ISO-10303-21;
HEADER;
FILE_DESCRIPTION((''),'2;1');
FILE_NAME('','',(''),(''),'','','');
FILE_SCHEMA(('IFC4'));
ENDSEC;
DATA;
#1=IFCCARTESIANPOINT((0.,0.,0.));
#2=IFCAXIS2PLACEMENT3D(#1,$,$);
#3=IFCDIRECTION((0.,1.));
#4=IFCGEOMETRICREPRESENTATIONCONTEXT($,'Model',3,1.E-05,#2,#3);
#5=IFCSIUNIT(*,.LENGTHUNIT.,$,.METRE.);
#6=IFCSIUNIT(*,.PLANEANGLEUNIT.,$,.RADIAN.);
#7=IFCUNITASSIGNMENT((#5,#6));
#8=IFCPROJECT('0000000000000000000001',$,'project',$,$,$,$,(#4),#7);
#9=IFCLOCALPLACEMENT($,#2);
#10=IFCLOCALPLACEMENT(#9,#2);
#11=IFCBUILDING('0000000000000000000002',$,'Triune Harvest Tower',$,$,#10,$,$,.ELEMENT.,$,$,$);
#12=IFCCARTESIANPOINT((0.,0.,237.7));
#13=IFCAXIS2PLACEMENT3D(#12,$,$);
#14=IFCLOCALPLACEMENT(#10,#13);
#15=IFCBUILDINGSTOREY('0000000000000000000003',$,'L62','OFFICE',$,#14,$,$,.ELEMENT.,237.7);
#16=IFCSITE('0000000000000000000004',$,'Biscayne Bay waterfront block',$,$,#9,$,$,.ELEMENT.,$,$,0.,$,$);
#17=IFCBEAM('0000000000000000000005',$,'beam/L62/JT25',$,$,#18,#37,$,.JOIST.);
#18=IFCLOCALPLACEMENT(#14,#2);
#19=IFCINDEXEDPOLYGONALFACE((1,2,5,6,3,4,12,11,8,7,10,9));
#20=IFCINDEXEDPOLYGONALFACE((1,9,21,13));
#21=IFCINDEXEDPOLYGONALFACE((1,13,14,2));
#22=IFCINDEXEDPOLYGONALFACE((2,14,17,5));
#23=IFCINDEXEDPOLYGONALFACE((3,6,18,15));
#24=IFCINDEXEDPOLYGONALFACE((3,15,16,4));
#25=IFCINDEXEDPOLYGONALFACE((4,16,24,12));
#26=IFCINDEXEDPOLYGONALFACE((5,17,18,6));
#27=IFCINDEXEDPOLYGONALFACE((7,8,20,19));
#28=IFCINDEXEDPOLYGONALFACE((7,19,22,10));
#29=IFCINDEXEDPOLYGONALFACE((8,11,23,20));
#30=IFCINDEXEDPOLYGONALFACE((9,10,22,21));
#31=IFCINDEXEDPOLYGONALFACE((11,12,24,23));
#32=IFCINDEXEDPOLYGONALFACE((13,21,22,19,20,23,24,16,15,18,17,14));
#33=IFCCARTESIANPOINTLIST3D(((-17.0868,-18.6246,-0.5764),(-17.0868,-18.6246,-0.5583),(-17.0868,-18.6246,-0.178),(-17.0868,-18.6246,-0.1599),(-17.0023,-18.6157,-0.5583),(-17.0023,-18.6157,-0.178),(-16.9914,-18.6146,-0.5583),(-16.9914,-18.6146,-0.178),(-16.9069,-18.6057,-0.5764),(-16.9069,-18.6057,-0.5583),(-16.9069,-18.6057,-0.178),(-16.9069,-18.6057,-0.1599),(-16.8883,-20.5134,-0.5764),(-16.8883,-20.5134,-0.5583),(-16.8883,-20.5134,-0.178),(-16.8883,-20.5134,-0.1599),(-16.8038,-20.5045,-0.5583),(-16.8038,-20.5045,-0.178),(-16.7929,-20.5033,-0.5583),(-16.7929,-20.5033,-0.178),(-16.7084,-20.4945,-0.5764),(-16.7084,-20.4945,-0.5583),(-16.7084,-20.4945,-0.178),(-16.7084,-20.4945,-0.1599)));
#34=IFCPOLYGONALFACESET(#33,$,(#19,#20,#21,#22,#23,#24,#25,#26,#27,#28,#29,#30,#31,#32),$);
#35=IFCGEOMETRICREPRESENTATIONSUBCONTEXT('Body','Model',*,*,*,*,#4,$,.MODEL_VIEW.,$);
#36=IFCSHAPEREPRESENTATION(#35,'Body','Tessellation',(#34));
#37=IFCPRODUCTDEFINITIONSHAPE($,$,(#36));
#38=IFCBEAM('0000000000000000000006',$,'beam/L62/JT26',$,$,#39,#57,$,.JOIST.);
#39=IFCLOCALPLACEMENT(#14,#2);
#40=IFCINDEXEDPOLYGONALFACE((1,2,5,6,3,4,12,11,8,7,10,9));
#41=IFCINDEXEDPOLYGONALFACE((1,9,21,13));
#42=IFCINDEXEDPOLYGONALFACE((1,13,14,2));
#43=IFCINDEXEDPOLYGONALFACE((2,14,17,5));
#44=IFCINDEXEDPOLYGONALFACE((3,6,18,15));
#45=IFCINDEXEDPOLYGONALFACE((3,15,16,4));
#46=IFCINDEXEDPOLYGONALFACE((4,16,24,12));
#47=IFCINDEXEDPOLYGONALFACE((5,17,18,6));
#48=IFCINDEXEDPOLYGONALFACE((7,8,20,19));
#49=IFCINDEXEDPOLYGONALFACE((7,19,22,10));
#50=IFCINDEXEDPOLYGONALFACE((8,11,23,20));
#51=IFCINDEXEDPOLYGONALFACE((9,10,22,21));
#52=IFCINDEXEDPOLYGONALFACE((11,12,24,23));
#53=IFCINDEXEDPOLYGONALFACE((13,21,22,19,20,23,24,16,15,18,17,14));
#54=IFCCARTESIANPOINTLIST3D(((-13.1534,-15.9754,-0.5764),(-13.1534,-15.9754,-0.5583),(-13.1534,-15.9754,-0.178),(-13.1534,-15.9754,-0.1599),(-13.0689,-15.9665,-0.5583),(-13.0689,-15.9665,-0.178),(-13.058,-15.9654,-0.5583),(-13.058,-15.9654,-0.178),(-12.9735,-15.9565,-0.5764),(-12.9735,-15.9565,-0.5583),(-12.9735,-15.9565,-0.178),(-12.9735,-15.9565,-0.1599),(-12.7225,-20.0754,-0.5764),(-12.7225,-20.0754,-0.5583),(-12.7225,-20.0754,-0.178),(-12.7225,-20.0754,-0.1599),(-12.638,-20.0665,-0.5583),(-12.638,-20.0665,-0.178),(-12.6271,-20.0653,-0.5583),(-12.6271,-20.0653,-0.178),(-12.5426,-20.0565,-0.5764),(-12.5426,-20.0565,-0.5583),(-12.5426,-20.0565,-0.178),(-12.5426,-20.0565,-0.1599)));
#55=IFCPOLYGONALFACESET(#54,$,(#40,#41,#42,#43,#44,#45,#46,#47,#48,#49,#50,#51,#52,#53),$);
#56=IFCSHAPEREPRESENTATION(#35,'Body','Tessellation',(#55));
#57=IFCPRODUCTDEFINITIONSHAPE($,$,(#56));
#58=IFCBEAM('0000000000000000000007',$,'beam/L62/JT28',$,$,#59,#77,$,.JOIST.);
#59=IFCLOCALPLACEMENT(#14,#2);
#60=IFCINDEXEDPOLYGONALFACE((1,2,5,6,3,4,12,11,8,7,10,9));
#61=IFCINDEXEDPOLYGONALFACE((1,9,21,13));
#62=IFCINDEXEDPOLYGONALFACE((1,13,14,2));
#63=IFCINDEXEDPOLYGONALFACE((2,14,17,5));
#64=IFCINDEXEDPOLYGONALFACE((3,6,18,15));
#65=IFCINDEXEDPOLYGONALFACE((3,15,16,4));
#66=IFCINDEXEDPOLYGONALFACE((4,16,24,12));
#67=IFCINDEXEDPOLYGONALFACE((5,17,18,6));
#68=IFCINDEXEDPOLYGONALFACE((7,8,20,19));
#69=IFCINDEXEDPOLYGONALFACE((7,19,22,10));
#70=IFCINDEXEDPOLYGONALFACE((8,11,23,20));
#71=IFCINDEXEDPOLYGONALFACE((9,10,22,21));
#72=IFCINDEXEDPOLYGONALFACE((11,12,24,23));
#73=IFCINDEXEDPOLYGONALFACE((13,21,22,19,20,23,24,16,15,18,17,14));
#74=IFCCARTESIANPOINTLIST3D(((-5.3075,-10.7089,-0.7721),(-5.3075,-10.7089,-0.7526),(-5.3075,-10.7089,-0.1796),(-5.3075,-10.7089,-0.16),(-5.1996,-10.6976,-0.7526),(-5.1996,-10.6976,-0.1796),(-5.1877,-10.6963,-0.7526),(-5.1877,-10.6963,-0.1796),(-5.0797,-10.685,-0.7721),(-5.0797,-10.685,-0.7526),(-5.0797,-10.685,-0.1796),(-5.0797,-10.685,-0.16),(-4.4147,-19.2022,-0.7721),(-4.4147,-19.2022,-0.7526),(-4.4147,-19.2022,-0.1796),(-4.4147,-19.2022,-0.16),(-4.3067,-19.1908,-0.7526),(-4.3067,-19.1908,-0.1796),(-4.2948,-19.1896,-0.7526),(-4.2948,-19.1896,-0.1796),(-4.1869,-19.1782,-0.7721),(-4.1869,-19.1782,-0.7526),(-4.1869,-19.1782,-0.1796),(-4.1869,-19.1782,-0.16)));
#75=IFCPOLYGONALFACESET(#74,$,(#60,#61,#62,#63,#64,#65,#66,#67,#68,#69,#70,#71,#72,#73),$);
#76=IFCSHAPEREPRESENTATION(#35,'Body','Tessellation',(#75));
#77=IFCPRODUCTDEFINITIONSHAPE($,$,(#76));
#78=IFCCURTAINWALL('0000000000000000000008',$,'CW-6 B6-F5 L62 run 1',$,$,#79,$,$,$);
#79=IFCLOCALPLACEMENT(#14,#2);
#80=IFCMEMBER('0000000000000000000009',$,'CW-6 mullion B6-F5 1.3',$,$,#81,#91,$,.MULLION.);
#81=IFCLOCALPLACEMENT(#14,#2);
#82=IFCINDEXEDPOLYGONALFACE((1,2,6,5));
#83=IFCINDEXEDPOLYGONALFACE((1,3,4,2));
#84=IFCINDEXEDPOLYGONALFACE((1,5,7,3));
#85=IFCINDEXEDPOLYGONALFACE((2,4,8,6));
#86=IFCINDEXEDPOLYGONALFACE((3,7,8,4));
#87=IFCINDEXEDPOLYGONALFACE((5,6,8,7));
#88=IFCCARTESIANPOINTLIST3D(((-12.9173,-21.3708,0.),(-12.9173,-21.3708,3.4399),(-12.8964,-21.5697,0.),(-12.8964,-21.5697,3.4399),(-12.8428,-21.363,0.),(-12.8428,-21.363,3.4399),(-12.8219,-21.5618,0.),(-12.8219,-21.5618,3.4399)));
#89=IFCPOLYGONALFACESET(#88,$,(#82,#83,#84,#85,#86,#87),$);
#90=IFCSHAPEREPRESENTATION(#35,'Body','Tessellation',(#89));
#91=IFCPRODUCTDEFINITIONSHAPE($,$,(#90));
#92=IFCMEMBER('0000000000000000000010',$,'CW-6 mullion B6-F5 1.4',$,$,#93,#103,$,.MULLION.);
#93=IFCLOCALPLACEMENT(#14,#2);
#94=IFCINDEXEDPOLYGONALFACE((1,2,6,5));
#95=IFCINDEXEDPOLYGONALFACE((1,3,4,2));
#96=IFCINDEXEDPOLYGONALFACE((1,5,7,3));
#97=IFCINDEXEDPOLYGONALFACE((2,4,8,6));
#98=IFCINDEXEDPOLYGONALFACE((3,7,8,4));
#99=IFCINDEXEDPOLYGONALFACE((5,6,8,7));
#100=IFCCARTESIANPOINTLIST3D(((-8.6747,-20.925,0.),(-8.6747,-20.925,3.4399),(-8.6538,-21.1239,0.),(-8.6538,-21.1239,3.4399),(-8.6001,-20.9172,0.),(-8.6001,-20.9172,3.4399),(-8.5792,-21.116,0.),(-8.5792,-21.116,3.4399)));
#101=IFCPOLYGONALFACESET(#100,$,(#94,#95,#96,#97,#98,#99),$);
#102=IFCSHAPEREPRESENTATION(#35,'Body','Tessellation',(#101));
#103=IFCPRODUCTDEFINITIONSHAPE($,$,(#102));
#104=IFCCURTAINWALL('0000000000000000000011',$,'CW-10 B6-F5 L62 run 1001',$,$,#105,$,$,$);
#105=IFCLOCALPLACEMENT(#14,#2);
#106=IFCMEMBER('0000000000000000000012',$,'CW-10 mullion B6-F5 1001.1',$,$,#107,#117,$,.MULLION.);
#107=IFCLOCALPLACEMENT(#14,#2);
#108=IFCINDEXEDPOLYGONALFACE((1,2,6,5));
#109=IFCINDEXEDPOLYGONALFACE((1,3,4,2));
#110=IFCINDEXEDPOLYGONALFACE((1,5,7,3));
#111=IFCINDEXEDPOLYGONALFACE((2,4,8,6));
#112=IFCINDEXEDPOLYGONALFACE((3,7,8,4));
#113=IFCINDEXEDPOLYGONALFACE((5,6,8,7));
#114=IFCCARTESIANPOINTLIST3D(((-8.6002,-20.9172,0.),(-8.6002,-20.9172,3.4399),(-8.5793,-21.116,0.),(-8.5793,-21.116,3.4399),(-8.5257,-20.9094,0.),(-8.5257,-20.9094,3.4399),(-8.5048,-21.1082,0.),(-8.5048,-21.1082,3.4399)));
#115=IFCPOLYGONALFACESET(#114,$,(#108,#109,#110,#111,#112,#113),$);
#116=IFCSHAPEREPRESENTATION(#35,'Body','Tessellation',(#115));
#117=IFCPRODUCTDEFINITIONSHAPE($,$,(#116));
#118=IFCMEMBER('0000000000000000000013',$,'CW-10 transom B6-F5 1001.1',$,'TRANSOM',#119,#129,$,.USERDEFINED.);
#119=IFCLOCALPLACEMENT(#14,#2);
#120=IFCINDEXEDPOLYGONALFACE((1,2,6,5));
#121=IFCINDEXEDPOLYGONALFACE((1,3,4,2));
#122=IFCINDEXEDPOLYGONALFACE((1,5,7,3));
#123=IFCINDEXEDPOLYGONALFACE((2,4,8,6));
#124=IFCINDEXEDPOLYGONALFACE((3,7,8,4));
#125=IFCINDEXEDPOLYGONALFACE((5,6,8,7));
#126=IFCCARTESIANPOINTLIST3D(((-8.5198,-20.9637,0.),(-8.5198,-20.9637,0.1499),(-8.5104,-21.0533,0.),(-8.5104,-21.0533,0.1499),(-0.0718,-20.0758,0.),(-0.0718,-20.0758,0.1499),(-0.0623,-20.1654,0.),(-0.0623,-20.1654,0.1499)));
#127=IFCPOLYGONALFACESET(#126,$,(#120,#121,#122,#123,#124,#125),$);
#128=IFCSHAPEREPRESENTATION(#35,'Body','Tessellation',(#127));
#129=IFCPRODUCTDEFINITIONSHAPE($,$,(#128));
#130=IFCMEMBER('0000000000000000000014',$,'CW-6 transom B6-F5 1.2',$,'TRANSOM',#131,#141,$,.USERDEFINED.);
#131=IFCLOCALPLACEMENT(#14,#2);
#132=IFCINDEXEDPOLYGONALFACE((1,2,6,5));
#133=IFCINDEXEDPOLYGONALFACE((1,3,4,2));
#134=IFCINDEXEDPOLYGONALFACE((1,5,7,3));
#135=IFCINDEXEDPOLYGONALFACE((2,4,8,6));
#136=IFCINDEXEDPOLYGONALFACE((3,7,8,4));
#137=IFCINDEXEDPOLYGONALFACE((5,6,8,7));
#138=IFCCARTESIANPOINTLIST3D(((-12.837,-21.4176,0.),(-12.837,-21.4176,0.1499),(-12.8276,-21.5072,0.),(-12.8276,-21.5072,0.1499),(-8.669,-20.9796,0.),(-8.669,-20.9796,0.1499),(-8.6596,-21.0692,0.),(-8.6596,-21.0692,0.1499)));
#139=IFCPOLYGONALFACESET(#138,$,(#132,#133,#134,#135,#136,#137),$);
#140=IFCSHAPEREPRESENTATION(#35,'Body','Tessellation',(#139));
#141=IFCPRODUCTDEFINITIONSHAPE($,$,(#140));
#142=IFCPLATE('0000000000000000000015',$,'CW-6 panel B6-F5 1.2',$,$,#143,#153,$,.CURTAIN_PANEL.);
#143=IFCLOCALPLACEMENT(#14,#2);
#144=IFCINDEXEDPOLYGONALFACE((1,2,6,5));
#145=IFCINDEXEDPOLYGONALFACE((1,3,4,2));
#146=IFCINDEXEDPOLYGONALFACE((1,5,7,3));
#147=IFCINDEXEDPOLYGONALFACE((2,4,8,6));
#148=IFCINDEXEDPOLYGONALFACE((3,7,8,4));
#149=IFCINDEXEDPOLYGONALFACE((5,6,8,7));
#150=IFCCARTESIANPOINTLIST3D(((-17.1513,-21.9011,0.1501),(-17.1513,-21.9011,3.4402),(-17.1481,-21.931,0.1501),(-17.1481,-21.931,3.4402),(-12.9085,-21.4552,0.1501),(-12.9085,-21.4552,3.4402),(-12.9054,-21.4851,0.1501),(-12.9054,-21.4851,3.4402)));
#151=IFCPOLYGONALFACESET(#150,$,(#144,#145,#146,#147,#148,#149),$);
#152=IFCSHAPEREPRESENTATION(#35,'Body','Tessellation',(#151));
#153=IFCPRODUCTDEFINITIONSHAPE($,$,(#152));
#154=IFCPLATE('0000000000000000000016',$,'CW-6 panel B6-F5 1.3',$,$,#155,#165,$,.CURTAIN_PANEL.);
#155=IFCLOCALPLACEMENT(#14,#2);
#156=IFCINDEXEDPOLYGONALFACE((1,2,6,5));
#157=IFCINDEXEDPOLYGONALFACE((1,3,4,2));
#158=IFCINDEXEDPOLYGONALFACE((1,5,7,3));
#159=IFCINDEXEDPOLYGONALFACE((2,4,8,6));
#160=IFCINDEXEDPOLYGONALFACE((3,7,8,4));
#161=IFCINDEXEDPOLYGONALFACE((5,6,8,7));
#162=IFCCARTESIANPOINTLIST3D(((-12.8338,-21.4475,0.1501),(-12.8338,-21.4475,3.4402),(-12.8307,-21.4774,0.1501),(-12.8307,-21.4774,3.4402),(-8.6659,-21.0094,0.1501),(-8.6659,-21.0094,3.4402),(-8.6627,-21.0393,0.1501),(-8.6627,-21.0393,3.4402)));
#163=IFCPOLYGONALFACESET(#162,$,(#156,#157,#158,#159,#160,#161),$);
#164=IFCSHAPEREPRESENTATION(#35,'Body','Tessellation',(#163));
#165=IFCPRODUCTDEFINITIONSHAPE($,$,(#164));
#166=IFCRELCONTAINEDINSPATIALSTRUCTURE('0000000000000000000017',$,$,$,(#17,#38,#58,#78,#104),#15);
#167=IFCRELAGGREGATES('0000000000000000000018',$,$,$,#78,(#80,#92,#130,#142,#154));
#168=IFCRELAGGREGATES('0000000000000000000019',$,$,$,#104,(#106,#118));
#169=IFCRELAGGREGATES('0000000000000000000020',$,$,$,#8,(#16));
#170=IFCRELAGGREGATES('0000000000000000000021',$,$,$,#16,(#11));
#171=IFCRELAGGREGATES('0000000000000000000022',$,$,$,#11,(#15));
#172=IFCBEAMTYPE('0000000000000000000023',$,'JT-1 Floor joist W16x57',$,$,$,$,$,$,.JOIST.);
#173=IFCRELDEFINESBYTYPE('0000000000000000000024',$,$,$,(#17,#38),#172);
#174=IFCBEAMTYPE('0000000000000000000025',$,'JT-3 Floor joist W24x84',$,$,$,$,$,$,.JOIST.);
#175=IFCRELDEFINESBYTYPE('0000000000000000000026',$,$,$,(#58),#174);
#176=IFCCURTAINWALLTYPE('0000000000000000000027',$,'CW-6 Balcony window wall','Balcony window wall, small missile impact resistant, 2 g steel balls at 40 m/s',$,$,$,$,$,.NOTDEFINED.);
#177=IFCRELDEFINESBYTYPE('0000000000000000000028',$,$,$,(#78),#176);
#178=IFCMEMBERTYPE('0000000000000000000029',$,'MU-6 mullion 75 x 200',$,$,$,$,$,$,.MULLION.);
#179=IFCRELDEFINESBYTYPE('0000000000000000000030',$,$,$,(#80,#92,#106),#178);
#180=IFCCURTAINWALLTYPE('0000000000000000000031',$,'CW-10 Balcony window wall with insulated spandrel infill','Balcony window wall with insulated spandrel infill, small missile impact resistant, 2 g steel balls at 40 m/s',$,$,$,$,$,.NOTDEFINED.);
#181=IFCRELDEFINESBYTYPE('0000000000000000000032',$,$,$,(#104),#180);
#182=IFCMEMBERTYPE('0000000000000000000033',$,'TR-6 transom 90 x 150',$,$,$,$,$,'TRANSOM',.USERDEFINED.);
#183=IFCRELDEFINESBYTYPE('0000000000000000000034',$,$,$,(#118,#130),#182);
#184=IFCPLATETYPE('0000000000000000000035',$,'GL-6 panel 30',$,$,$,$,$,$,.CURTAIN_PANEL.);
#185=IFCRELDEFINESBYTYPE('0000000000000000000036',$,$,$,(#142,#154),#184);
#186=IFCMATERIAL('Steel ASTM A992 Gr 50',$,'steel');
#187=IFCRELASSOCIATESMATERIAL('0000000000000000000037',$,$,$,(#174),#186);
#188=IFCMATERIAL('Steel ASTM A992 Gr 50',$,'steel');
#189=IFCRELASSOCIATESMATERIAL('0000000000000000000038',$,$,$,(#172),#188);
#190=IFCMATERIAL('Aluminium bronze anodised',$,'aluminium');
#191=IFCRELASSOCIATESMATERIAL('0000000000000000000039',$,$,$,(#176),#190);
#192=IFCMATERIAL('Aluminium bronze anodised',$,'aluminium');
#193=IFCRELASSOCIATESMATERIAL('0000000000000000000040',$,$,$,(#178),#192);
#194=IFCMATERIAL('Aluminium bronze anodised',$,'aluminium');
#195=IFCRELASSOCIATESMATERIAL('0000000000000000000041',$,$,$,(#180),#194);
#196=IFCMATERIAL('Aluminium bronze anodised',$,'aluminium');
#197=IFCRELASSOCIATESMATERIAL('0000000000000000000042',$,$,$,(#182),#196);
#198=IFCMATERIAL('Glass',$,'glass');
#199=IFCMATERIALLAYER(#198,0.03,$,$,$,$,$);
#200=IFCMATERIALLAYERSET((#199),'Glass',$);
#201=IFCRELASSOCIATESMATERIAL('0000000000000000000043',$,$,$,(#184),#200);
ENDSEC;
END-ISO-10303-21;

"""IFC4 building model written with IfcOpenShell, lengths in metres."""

from ifc_helpers import new_model, si_unit, direction, frame, origin, origin_2d, place, context, subcontext, project, spatial, rectangle, i_section, extrude, source, transform, mapped, material, layer, layer_set, material_profile, profile_set, type_object, element, aggregate, save


model = new_model("IFC4")

# Units and contexts
model_context = context("Model", 3, precision=1e-05, world=origin(), true_north=direction((0.0, 1.0)))
body_context = subcontext(model_context, "Body", "Model", "MODEL_VIEW")
ifc_project = project(units=[si_unit("LENGTHUNIT", "METRE"), si_unit("PLANEANGLEUNIT", "RADIAN")], contexts=[model_context])

# Site, building, storey
site_placement = place(None, origin())
site = spatial("IfcSite", under=ifc_project, at=site_placement, Name="Biscayne Bay waterfront block", CompositionType="ELEMENT", RefElevation=0.0)
building_placement = place(site_placement, origin())
building = spatial("IfcBuilding", under=site, at=building_placement, Name="Triune Harvest Tower", CompositionType="ELEMENT")
storey_placement = place(building_placement, frame((0.0, 0.0, 237.7)))
storey = spatial("IfcBuildingStorey", under=building, at=storey_placement, Name="L62", Description="OFFICE", CompositionType="ELEMENT", Elevation=237.7)

# Beams
ifc_material_1 = material(Name="Steel ASTM A992 Gr 50", Category="steel")
ifc_material_profile_1 = material_profile(ifc_material_1, i_section(OverallWidth=0.229, OverallDepth=0.6121, WebThickness=0.012, FlangeThickness=0.0195, at=origin_2d()), Name="W24x84")
ifc_profile_set_1 = profile_set([ifc_material_profile_1], Name="Steel ASTM A992 Gr 50")
beam_type_1 = type_object("IfcBeamType", Name="JT-3 Floor joist W24x84", PredefinedType="JOIST", material=ifc_profile_set_1)
ifc_material_2 = material(Name="Steel ASTM A992 Gr 50", Category="steel")
ifc_material_profile_2 = material_profile(ifc_material_2, i_section(OverallWidth=0.1809, OverallDepth=0.4165, WebThickness=0.011, FlangeThickness=0.0181, at=origin_2d()), Name="W16x57")
ifc_profile_set_2 = profile_set([ifc_material_profile_2], Name="Steel ASTM A992 Gr 50")
beam_type_2 = type_object("IfcBeamType", Name="JT-1 Floor joist W16x57", PredefinedType="JOIST", material=ifc_profile_set_2)
shared_shape_1 = source(origin(), body_context, "Body", "SweptSolid", [
    extrude(i_section(OverallWidth=0.1809, OverallDepth=0.4165, WebThickness=0.011, FlangeThickness=0.0181, at=origin_2d()), origin(), (0.0, 0.0, 1.0), 1.8992),
])
beam_1_placement = place(storey_placement, frame((-16.7983, -20.5039, -0.3682), z_axis=(-0.104517, 0.994523, 0.0), x_axis=(-0.994523, -0.104517, 0.0)))
element("IfcBeam", 1, at=beam_1_placement, inside=storey, type_object=beam_type_2, Name="beam/L62/JT25", PredefinedType="JOIST", context=body_context, shape_type="MappedRepresentation", body=[
    mapped(shared_shape_1, transform((0.0, 0.0, 0.0), scale=1.0)),
])
shared_shape_2 = source(origin(), body_context, "Body", "SweptSolid", [
    extrude(i_section(OverallWidth=0.1809, OverallDepth=0.4165, WebThickness=0.011, FlangeThickness=0.0181, at=origin_2d()), origin(), (0.0, 0.0, 1.0), 4.1226),
])
beam_2_placement = place(storey_placement, frame((-12.6326, -20.0659, -0.3682), z_axis=(-0.104521, 0.994523, 0.0), x_axis=(-0.994523, -0.104521, 0.0)))
element("IfcBeam", 2, at=beam_2_placement, inside=storey, type_object=beam_type_2, Name="beam/L62/JT26", PredefinedType="JOIST", context=body_context, shape_type="MappedRepresentation", body=[
    mapped(shared_shape_2, transform((0.0, 0.0, 0.0), scale=1.0)),
])
shared_shape_3 = source(origin(), body_context, "Body", "SweptSolid", [
    extrude(i_section(OverallWidth=0.229, OverallDepth=0.6121, WebThickness=0.012, FlangeThickness=0.0195, at=origin_2d()), origin(), (0.0, 0.0, 1.0), 8.54),
])
beam_3_placement = place(storey_placement, frame((-4.3008, -19.1902, -0.4661), z_axis=(-0.104546, 0.99452, 0.0), x_axis=(-0.99452, -0.104546, 0.0)))
element("IfcBeam", 3, at=beam_3_placement, inside=storey, type_object=beam_type_1, Name="beam/L62/JT28", PredefinedType="JOIST", context=body_context, shape_type="MappedRepresentation", body=[
    mapped(shared_shape_3, transform((0.0, 0.0, 0.0), scale=1.0)),
])

# Curtain walls, members
ifc_material_3 = material(Name="Aluminium bronze anodised", Category="aluminium")
curtain_wall_type_1 = type_object("IfcCurtainWallType", Name="CW-6 Balcony window wall", Description="Balcony window wall, small missile impact resistant, 2 g steel balls at 40 m/s", PredefinedType="NOTDEFINED", material=ifc_material_3)
curtain_wall_1_placement = place(storey_placement, origin())
curtain_wall_1 = element("IfcCurtainWall", 4, at=curtain_wall_1_placement, inside=storey, type_object=curtain_wall_type_1, Name="CW-6 B6-F5 L62 run 1")
ifc_material_4 = material(Name="Aluminium bronze anodised", Category="aluminium")
ifc_material_profile_3 = material_profile(ifc_material_4, rectangle(XDim=0.2, YDim=0.075, at=origin_2d()), Name="MU-6 mullion 75 x 200")
ifc_profile_set_3 = profile_set([ifc_material_profile_3], Name="Aluminium bronze anodised")
member_type_1 = type_object("IfcMemberType", Name="MU-6 mullion 75 x 200", PredefinedType="MULLION", material=ifc_profile_set_3)
shared_shape_4 = source(origin(), body_context, "Body", "SweptSolid", [
    extrude(rectangle(XDim=0.2, YDim=0.075, at=origin_2d()), origin(), (0.0, 0.0, 1.0), 3.4399),
])
member_1_placement = place(storey_placement, frame((-12.8696, -21.4663, 0.0), z_axis=(0.0, 0.0, 1.0), x_axis=(-0.104526, 0.994522, 0.0)))
member_1 = element("IfcMember", 5, at=member_1_placement, type_object=member_type_1, Name="CW-6 mullion B6-F5 1.3", PredefinedType="MULLION", context=body_context, shape_type="MappedRepresentation", body=[
    mapped(shared_shape_4, transform((0.0, 0.0, 0.0), scale=1.0)),
])
member_2_placement = place(storey_placement, frame((-8.627, -21.0205, 0.0), z_axis=(0.0, 0.0, 1.0), x_axis=(-0.104526, 0.994522, 0.0)))
member_2 = element("IfcMember", 6, at=member_2_placement, type_object=member_type_1, Name="CW-6 mullion B6-F5 1.4", PredefinedType="MULLION", context=body_context, shape_type="MappedRepresentation", body=[
    mapped(shared_shape_4, transform((0.0, 0.0, 0.0), scale=1.0)),
])
ifc_material_5 = material(Name="Aluminium bronze anodised", Category="aluminium")
curtain_wall_type_2 = type_object("IfcCurtainWallType", Name="CW-10 Balcony window wall with insulated spandrel infill", Description="Balcony window wall with insulated spandrel infill, small missile impact resistant, 2 g steel balls at 40 m/s", PredefinedType="NOTDEFINED", material=ifc_material_5)
curtain_wall_2_placement = place(storey_placement, origin())
curtain_wall_2 = element("IfcCurtainWall", 7, at=curtain_wall_2_placement, inside=storey, type_object=curtain_wall_type_2, Name="CW-10 B6-F5 L62 run 1001")
member_3_placement = place(storey_placement, frame((-8.5525, -21.0127, 0.0), z_axis=(0.0, 0.0, 1.0), x_axis=(-0.104533, 0.994521, 0.0)))
member_3 = element("IfcMember", 8, at=member_3_placement, type_object=member_type_1, Name="CW-10 mullion B6-F5 1001.1", PredefinedType="MULLION", context=body_context, shape_type="MappedRepresentation", body=[
    mapped(shared_shape_4, transform((0.0, 0.0, 0.0), scale=1.0)),
])
ifc_material_6 = material(Name="Aluminium bronze anodised", Category="aluminium")
ifc_material_profile_4 = material_profile(ifc_material_6, rectangle(XDim=0.0901, YDim=0.1499, at=origin_2d()), Name="TR-6 transom 90 x 150")
ifc_profile_set_4 = profile_set([ifc_material_profile_4], Name="Aluminium bronze anodised")
member_type_2 = type_object("IfcMemberType", Name="TR-6 transom 90 x 150", ElementType="TRANSOM", PredefinedType="USERDEFINED", material=ifc_profile_set_4)
shared_shape_5 = source(origin(), body_context, "Body", "SweptSolid", [
    extrude(rectangle(XDim=0.0901, YDim=0.1499, at=origin_2d()), origin(), (0.0, 0.0, 1.0), 8.4946),
])
member_4_placement = place(storey_placement, frame((-8.5151, -21.0085, 0.075), z_axis=(0.994522, 0.104531, 0.0), x_axis=(-0.104531, 0.994522, 0.0)))
member_4 = element("IfcMember", 9, at=member_4_placement, type_object=member_type_2, Name="CW-10 transom B6-F5 1001.1", ObjectType="TRANSOM", PredefinedType="USERDEFINED", context=body_context, shape_type="MappedRepresentation", body=[
    mapped(shared_shape_5, transform((0.0, 0.0, 0.0), scale=1.0)),
])

# Member
shared_shape_6 = source(origin(), body_context, "Body", "SweptSolid", [
    extrude(rectangle(XDim=0.0901, YDim=0.1499, at=origin_2d()), origin(), (0.0, 0.0, 1.0), 4.1909),
])
member_5_placement = place(storey_placement, frame((-12.8323, -21.4624, 0.075), z_axis=(0.994524, 0.104509, 0.0), x_axis=(-0.104509, 0.994524, 0.0)))
member_5 = element("IfcMember", 10, at=member_5_placement, type_object=member_type_2, Name="CW-6 transom B6-F5 1.2", ObjectType="TRANSOM", PredefinedType="USERDEFINED", context=body_context, shape_type="MappedRepresentation", body=[
    mapped(shared_shape_6, transform((0.0, 0.0, 0.0), scale=1.0)),
])

# Plates
ifc_material_7 = material(Name="Glass", Category="glass")
ifc_layer_1 = layer(ifc_material_7, 0.03)
ifc_layer_set_1 = layer_set([ifc_layer_1], Name="Glass")
plate_type_1 = type_object("IfcPlateType", Name="GL-6 panel 30", PredefinedType="CURTAIN_PANEL", material=ifc_layer_set_1)
shared_shape_7 = source(origin(), body_context, "Body", "SweptSolid", [
    extrude(rectangle(XDim=4.2661, YDim=0.03, at=origin_2d()), origin(), (0.0, 0.0, 1.0), 3.29),
])
plate_1_placement = place(storey_placement, frame((-15.0283, -21.6931, 0.1501), z_axis=(0.0, 0.0, 1.0), x_axis=(0.994522, 0.104526, 0.0)))
plate_1 = element("IfcPlate", 11, at=plate_1_placement, type_object=plate_type_1, Name="CW-6 panel B6-F5 1.2", PredefinedType="CURTAIN_PANEL", context=body_context, shape_type="MappedRepresentation", body=[
    mapped(shared_shape_7, transform((0.0, 0.0, 0.0), scale=1.0)),
])
shared_shape_8 = source(origin(), body_context, "Body", "SweptSolid", [
    extrude(rectangle(XDim=4.1909, YDim=0.03, at=origin_2d()), origin(), (0.0, 0.0, 1.0), 3.29),
])
plate_2_placement = place(storey_placement, frame((-10.7483, -21.2434, 0.1501), z_axis=(0.0, 0.0, 1.0), x_axis=(0.994522, 0.104526, 0.0)))
plate_2 = element("IfcPlate", 12, at=plate_2_placement, type_object=plate_type_1, Name="CW-6 panel B6-F5 1.3", PredefinedType="CURTAIN_PANEL", context=body_context, shape_type="MappedRepresentation", body=[
    mapped(shared_shape_8, transform((0.0, 0.0, 0.0), scale=1.0)),
])
aggregate(curtain_wall_1, [member_1, member_2, member_5, plate_1, plate_2])
aggregate(curtain_wall_2, [member_3, member_4])

save(model, "model.ifc")
